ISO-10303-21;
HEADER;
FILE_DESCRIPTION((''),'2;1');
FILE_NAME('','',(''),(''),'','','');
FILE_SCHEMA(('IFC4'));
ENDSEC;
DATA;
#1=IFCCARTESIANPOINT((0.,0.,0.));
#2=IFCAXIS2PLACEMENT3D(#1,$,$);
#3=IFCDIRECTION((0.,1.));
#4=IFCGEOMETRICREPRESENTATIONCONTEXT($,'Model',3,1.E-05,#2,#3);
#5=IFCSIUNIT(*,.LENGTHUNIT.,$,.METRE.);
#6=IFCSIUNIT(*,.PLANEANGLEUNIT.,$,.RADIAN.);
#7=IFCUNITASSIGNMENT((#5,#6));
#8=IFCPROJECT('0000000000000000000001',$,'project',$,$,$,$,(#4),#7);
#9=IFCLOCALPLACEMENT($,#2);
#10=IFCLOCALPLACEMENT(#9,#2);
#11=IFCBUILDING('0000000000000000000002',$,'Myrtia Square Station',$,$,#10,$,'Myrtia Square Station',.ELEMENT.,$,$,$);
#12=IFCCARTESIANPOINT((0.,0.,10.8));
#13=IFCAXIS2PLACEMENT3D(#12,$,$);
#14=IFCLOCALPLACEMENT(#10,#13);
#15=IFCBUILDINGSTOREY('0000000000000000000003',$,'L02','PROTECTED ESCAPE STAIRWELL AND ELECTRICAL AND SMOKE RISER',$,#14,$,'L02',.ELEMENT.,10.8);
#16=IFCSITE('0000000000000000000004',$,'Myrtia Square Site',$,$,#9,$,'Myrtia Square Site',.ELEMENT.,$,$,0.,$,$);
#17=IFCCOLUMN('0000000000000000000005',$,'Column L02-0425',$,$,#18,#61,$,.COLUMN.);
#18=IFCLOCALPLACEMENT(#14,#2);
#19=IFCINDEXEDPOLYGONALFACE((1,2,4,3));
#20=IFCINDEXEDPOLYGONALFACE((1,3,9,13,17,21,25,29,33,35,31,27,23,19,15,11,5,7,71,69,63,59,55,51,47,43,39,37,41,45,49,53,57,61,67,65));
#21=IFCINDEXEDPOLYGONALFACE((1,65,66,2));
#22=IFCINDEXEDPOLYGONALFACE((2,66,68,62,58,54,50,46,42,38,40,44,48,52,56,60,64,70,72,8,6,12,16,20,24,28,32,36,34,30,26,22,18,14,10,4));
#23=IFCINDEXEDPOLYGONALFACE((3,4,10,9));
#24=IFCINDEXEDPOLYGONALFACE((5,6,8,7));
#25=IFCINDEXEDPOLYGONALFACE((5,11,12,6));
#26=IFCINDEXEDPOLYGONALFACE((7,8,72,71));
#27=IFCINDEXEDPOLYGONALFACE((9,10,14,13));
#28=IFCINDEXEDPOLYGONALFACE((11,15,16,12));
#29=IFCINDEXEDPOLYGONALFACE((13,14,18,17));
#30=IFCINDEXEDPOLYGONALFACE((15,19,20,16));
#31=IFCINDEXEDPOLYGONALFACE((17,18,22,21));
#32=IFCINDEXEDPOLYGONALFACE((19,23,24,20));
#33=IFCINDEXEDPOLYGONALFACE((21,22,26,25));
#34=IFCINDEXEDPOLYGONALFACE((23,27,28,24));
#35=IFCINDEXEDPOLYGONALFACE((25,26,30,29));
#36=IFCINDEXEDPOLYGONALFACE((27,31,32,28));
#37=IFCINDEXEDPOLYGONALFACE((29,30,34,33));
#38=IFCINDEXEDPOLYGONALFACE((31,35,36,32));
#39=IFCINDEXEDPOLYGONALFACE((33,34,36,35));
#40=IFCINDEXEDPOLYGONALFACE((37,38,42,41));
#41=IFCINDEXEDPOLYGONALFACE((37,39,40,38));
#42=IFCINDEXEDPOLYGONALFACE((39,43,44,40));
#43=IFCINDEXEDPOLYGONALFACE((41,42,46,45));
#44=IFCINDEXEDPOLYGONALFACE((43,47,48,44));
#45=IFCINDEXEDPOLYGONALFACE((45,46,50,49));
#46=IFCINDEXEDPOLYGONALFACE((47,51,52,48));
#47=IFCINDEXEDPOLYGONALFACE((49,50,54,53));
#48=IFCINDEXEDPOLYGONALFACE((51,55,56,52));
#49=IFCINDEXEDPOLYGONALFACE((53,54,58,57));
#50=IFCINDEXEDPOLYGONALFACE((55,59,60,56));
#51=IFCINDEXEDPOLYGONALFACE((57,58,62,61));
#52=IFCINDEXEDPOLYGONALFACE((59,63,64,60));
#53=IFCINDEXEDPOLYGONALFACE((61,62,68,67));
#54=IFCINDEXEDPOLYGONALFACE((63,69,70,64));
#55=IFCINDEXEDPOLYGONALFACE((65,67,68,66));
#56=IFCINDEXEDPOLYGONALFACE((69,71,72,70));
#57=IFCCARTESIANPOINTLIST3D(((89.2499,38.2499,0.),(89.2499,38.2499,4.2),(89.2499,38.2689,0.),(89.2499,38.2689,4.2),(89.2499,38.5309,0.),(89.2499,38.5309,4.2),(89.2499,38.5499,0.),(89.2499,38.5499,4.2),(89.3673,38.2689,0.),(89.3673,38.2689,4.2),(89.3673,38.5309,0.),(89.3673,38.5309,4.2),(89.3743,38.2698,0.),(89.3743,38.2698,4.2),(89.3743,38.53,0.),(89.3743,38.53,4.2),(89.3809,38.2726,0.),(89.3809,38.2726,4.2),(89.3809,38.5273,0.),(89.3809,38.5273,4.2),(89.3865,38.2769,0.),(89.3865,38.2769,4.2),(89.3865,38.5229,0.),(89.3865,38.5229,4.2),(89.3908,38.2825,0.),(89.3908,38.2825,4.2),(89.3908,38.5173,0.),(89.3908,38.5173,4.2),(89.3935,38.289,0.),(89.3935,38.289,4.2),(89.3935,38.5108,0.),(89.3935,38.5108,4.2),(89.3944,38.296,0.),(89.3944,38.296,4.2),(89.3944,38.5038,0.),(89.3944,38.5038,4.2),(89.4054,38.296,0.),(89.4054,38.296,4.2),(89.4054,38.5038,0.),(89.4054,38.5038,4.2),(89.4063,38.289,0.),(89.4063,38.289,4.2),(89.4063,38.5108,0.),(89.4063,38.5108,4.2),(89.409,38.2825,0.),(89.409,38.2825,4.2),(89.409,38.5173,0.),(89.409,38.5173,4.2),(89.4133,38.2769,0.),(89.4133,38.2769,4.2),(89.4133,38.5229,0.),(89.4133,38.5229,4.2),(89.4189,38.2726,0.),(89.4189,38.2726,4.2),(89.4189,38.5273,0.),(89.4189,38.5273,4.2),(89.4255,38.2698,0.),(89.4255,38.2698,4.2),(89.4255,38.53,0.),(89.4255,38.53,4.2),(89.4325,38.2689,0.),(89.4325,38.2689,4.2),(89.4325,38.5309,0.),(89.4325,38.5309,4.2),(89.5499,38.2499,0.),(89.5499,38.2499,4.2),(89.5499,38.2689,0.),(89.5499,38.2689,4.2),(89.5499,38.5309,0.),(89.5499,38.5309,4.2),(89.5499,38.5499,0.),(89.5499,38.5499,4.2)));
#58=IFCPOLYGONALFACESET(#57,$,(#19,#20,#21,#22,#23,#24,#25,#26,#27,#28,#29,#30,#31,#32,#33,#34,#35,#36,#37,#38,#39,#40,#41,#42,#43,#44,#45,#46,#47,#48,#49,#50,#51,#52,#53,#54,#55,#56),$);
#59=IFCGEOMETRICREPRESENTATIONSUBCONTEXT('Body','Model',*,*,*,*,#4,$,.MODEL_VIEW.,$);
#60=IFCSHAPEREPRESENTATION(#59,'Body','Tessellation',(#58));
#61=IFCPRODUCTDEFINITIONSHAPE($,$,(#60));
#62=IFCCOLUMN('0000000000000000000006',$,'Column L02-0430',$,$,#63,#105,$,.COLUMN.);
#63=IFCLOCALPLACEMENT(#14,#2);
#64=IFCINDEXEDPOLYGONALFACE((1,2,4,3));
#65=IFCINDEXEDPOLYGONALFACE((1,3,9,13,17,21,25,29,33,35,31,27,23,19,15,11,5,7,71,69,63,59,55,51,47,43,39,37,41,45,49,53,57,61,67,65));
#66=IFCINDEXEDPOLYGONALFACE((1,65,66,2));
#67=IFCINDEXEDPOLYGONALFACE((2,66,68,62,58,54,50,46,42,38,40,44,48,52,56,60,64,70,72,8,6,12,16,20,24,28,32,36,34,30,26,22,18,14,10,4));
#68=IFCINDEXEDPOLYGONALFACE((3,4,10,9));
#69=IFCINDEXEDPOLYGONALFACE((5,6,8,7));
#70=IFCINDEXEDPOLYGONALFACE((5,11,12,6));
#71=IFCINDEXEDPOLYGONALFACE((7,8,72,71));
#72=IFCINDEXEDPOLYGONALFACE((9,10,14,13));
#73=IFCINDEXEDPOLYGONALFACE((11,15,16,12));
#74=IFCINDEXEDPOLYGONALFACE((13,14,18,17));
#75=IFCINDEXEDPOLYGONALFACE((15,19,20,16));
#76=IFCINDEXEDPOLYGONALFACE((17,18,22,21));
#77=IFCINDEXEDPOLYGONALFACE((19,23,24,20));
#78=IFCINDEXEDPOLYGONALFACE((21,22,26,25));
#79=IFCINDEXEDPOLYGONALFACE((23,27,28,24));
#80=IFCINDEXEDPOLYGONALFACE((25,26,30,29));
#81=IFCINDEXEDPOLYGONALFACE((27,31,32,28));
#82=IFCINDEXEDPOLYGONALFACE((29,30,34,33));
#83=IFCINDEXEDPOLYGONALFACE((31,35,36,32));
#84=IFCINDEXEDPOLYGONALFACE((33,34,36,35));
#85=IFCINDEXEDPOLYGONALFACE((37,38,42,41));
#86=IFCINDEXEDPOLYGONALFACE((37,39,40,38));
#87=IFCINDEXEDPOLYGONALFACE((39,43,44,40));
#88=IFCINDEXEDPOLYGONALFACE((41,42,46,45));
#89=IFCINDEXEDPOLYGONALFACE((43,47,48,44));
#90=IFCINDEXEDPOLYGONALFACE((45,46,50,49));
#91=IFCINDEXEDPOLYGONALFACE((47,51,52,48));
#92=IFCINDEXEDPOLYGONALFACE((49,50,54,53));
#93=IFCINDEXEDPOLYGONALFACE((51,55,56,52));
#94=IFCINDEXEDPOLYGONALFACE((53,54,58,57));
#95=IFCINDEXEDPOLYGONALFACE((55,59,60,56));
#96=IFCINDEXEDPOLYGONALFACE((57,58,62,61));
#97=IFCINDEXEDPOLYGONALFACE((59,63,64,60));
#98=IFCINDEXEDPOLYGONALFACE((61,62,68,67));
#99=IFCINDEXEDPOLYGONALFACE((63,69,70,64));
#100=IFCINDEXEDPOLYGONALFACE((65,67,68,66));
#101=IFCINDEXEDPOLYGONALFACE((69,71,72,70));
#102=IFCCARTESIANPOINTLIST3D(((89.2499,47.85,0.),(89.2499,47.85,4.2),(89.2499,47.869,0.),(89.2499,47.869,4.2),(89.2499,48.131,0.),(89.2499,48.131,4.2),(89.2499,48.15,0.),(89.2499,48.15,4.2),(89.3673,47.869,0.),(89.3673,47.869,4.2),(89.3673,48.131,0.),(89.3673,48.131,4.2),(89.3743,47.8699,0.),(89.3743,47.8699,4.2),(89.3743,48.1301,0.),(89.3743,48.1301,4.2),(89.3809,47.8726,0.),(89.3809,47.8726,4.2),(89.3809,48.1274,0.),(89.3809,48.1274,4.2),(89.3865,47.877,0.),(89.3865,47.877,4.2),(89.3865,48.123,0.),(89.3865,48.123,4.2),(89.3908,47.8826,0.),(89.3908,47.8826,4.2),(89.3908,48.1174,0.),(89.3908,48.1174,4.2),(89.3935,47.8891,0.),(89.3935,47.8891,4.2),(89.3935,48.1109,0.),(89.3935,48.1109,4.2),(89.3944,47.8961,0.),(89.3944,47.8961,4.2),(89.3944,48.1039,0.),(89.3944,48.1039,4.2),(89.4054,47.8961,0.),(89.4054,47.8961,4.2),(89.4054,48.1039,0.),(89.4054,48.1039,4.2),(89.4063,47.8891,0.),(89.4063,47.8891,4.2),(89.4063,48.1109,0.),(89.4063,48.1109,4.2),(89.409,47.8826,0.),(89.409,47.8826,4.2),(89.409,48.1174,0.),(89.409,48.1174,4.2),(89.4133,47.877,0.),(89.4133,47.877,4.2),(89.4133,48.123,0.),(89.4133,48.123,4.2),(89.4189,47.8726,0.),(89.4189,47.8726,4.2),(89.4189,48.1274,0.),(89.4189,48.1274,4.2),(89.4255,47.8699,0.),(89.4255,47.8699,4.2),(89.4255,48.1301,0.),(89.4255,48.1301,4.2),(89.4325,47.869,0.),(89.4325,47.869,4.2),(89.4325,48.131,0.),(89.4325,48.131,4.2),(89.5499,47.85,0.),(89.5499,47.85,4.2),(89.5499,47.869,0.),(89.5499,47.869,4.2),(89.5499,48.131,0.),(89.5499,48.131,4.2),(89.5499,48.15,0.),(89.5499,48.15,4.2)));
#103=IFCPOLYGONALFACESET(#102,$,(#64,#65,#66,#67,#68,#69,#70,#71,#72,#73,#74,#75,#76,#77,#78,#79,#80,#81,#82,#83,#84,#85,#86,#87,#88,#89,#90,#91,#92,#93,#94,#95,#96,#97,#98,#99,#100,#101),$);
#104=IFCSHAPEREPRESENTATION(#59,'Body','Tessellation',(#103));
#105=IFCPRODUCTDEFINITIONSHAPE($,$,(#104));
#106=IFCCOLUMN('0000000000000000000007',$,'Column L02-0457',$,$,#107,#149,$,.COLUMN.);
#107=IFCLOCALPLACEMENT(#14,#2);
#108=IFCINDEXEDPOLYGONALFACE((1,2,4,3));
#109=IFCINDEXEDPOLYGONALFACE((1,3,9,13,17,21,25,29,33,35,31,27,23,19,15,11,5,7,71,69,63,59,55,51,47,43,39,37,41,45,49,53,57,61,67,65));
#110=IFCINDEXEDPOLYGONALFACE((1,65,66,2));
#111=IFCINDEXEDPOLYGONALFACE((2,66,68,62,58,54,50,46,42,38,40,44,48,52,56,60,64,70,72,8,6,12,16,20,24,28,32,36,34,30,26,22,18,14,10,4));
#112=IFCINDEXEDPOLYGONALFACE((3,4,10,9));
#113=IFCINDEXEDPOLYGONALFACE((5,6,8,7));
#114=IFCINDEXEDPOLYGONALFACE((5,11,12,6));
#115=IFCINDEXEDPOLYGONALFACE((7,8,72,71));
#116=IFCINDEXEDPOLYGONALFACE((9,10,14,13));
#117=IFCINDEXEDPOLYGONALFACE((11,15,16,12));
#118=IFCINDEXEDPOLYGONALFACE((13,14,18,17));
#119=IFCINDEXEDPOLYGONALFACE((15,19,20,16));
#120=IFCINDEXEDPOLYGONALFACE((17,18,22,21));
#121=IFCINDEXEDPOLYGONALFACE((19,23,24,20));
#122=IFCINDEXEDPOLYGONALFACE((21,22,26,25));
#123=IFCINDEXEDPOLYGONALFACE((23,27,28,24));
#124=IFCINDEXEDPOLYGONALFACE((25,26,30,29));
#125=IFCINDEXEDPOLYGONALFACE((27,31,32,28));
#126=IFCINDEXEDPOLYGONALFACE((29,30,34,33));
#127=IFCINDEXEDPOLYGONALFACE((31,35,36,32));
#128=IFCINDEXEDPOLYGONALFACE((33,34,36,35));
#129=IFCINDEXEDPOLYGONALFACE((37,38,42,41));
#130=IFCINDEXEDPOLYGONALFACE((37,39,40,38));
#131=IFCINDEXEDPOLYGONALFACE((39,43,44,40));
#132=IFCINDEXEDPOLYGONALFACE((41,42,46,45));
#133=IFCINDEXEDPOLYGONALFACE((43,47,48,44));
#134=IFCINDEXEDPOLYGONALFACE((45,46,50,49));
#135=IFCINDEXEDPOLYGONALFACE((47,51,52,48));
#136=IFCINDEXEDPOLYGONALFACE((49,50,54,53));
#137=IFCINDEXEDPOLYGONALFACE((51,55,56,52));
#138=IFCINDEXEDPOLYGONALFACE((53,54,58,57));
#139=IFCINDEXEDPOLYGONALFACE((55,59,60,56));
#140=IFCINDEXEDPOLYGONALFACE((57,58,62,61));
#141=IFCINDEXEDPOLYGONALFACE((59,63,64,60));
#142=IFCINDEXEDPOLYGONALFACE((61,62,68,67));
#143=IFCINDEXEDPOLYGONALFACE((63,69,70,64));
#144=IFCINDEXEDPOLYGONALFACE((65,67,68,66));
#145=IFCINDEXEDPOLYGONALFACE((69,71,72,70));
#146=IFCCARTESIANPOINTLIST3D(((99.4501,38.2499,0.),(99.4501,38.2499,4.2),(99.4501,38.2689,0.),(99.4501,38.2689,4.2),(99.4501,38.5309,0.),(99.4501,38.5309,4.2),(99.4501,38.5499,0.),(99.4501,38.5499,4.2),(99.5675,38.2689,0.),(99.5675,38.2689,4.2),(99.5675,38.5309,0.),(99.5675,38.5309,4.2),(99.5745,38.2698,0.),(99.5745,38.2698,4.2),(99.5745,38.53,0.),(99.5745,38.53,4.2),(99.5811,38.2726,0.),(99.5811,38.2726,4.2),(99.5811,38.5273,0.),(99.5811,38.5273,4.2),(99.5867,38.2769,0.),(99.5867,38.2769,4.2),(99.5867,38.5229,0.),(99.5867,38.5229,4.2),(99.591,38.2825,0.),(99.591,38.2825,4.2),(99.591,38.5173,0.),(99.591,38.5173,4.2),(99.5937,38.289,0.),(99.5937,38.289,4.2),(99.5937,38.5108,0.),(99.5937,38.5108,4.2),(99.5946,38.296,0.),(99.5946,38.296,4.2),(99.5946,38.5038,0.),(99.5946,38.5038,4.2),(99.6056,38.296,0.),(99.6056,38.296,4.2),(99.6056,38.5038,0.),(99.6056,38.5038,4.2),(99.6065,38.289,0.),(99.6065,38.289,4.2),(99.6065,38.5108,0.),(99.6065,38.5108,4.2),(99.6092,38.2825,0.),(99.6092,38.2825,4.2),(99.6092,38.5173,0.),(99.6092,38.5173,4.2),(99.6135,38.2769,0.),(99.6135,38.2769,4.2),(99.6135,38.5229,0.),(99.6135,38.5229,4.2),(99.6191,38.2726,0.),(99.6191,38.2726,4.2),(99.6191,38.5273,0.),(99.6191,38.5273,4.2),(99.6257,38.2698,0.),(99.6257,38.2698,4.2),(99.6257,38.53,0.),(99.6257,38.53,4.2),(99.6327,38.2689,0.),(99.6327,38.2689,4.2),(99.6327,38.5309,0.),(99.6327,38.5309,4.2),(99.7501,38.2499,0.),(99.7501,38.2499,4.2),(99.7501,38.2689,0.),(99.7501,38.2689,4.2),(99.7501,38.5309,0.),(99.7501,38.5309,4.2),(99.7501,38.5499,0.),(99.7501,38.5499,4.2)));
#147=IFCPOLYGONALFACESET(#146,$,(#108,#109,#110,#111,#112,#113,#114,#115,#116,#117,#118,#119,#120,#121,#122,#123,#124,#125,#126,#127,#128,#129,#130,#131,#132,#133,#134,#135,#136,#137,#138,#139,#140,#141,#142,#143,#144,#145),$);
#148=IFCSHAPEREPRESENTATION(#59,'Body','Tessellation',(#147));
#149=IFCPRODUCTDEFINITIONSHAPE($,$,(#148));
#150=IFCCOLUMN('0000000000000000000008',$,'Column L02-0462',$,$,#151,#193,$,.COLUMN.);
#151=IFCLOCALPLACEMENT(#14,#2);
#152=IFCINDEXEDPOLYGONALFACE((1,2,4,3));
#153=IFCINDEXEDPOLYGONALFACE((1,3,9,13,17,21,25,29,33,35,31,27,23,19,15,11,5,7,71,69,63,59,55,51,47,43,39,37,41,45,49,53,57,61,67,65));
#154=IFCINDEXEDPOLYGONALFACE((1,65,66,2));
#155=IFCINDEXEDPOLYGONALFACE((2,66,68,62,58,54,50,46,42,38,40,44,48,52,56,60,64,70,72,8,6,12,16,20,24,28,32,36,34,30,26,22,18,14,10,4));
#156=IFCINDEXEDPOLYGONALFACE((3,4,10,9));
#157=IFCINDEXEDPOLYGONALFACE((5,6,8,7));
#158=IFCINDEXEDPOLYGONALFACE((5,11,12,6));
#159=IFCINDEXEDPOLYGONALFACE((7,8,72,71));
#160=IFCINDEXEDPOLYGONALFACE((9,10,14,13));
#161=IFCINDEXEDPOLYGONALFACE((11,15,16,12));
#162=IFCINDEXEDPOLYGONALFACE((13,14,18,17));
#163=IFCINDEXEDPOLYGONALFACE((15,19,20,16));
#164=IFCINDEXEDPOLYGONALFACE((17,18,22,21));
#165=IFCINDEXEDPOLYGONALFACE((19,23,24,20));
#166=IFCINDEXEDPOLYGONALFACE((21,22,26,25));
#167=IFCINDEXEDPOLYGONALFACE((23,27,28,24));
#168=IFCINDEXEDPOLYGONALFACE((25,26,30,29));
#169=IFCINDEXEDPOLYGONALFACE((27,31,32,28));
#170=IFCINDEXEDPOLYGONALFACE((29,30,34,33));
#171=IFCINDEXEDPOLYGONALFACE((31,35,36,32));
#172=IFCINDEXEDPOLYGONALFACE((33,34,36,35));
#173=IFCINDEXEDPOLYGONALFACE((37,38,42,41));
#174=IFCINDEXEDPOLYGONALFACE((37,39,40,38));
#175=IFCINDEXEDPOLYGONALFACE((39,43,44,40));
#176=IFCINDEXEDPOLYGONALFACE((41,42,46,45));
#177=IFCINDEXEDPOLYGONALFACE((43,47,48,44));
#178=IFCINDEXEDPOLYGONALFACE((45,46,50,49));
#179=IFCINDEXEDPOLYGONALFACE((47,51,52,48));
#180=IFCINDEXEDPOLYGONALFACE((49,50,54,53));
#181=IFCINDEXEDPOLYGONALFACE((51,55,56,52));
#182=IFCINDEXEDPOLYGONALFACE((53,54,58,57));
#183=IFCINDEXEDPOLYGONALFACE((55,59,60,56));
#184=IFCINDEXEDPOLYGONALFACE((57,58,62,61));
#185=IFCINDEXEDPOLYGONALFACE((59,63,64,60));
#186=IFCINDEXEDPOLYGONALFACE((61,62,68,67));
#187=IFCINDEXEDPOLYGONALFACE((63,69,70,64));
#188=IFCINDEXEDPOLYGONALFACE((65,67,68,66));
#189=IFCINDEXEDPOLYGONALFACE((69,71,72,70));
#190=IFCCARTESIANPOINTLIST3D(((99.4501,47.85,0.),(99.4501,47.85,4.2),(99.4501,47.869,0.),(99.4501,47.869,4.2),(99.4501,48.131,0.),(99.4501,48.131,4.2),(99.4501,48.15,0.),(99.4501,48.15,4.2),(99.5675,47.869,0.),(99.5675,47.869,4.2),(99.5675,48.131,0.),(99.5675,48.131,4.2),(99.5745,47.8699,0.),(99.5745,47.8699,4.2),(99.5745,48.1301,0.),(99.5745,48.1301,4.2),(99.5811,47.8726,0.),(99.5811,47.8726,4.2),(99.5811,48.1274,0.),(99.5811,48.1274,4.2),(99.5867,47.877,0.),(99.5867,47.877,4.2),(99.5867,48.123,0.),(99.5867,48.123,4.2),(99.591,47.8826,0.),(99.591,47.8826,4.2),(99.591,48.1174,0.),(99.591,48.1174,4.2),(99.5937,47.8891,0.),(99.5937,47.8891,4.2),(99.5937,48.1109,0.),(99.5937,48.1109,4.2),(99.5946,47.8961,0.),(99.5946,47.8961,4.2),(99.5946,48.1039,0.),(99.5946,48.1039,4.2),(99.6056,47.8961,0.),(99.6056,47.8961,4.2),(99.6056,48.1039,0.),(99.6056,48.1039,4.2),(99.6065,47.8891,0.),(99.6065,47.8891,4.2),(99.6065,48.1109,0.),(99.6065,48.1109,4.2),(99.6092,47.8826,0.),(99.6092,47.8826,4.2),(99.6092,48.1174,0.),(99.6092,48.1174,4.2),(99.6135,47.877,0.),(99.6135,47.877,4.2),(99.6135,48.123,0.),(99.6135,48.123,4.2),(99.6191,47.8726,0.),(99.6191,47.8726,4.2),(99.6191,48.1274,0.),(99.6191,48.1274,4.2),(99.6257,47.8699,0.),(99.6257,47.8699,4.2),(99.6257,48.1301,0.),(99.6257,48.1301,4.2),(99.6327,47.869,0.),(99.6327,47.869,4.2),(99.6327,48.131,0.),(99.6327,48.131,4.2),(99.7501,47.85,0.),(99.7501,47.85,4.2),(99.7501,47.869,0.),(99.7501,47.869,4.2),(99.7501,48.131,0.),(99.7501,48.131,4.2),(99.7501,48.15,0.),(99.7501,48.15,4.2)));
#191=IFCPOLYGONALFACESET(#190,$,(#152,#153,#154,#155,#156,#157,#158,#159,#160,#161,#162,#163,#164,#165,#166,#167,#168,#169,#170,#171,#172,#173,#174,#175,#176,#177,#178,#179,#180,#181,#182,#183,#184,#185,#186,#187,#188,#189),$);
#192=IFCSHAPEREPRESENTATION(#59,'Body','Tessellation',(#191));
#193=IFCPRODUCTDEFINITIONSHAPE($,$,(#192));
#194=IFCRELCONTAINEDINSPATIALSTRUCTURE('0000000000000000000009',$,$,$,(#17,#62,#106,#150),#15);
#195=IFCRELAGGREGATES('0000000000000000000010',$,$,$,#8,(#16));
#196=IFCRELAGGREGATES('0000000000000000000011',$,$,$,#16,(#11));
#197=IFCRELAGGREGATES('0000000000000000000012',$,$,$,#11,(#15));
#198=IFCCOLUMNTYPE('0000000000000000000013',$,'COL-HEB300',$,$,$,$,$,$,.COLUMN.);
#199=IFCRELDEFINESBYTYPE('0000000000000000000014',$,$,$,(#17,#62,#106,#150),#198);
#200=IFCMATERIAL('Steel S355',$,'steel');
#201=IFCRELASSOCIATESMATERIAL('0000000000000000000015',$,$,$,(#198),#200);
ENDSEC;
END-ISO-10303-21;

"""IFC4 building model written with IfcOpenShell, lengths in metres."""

from ifc_helpers import new_model, si_unit, direction, frame, origin, origin_2d, place, context, subcontext, project, spatial, i_section, extrude, material, material_profile, profile_set, type_object, element, save


model = new_model("IFC4")

# Units and contexts
model_context = context("Model", 3, precision=1e-05, world=origin(), true_north=direction((0.0, 1.0)))
body_context = subcontext(model_context, "Body", "Model", "MODEL_VIEW")
ifc_project = project(units=[si_unit("LENGTHUNIT", "METRE"), si_unit("PLANEANGLEUNIT", "RADIAN")], contexts=[model_context])

# Site, building, storey
site_placement = place(None, origin())
site = spatial("IfcSite", under=ifc_project, at=site_placement, Name="Myrtia Square Site", LongName="Myrtia Square Site", CompositionType="ELEMENT", RefElevation=0.0)
building_placement = place(site_placement, origin())
building = spatial("IfcBuilding", under=site, at=building_placement, Name="Myrtia Square Station", LongName="Myrtia Square Station", CompositionType="ELEMENT")
storey_placement = place(building_placement, frame((0.0, 0.0, 10.8)))
storey = spatial("IfcBuildingStorey", under=building, at=storey_placement, Name="L02", Description="PROTECTED ESCAPE STAIRWELL AND ELECTRICAL AND SMOKE RISER", LongName="L02", CompositionType="ELEMENT", Elevation=10.8)

# Columns
ifc_material_1 = material(Name="Steel S355", Category="steel")
ifc_material_profile_1 = material_profile(ifc_material_1, i_section(OverallWidth=0.3, OverallDepth=0.3, WebThickness=0.011, FlangeThickness=0.019, FilletRadius=0.0271, at=origin_2d()), Name="HEB 300")
ifc_profile_set_1 = profile_set([ifc_material_profile_1], Name="Steel S355")
column_type = type_object("IfcColumnType", Name="COL-HEB300", PredefinedType="COLUMN", material=ifc_profile_set_1)
for number, where, z_axis, x_axis, name in (
    (1, (89.3999, 38.3999, 0.0), (0.0, 0.0, 1.0), (1.0, 0.0, 0.0), "Column L02-0425"),
    (2, (89.3999, 48.0, 0.0), (0.0, 0.0, 1.0), (1.0, 0.0, 0.0), "Column L02-0430"),
    (3, (99.6001, 38.3999, 0.0), (0.0, 0.0, 1.0), (1.0, 0.0, 0.0), "Column L02-0457"),
    (4, (99.6001, 48.0, 0.0), (0.0, 0.0, 1.0), (1.0, 0.0, 0.0), "Column L02-0462"),
):
    element("IfcColumn", number, at=place(storey_placement, frame(where, z_axis=z_axis, x_axis=x_axis)), inside=storey, type_object=column_type, Name=name, PredefinedType="COLUMN", context=body_context, shape_type="SweptSolid", body=[
        extrude(i_section(OverallWidth=0.3, OverallDepth=0.3, WebThickness=0.011, FlangeThickness=0.019, FilletRadius=0.0271, at=origin_2d()), origin(), (0.0, 0.0, 1.0), 4.2),
    ])

save(model, "model.ifc")
